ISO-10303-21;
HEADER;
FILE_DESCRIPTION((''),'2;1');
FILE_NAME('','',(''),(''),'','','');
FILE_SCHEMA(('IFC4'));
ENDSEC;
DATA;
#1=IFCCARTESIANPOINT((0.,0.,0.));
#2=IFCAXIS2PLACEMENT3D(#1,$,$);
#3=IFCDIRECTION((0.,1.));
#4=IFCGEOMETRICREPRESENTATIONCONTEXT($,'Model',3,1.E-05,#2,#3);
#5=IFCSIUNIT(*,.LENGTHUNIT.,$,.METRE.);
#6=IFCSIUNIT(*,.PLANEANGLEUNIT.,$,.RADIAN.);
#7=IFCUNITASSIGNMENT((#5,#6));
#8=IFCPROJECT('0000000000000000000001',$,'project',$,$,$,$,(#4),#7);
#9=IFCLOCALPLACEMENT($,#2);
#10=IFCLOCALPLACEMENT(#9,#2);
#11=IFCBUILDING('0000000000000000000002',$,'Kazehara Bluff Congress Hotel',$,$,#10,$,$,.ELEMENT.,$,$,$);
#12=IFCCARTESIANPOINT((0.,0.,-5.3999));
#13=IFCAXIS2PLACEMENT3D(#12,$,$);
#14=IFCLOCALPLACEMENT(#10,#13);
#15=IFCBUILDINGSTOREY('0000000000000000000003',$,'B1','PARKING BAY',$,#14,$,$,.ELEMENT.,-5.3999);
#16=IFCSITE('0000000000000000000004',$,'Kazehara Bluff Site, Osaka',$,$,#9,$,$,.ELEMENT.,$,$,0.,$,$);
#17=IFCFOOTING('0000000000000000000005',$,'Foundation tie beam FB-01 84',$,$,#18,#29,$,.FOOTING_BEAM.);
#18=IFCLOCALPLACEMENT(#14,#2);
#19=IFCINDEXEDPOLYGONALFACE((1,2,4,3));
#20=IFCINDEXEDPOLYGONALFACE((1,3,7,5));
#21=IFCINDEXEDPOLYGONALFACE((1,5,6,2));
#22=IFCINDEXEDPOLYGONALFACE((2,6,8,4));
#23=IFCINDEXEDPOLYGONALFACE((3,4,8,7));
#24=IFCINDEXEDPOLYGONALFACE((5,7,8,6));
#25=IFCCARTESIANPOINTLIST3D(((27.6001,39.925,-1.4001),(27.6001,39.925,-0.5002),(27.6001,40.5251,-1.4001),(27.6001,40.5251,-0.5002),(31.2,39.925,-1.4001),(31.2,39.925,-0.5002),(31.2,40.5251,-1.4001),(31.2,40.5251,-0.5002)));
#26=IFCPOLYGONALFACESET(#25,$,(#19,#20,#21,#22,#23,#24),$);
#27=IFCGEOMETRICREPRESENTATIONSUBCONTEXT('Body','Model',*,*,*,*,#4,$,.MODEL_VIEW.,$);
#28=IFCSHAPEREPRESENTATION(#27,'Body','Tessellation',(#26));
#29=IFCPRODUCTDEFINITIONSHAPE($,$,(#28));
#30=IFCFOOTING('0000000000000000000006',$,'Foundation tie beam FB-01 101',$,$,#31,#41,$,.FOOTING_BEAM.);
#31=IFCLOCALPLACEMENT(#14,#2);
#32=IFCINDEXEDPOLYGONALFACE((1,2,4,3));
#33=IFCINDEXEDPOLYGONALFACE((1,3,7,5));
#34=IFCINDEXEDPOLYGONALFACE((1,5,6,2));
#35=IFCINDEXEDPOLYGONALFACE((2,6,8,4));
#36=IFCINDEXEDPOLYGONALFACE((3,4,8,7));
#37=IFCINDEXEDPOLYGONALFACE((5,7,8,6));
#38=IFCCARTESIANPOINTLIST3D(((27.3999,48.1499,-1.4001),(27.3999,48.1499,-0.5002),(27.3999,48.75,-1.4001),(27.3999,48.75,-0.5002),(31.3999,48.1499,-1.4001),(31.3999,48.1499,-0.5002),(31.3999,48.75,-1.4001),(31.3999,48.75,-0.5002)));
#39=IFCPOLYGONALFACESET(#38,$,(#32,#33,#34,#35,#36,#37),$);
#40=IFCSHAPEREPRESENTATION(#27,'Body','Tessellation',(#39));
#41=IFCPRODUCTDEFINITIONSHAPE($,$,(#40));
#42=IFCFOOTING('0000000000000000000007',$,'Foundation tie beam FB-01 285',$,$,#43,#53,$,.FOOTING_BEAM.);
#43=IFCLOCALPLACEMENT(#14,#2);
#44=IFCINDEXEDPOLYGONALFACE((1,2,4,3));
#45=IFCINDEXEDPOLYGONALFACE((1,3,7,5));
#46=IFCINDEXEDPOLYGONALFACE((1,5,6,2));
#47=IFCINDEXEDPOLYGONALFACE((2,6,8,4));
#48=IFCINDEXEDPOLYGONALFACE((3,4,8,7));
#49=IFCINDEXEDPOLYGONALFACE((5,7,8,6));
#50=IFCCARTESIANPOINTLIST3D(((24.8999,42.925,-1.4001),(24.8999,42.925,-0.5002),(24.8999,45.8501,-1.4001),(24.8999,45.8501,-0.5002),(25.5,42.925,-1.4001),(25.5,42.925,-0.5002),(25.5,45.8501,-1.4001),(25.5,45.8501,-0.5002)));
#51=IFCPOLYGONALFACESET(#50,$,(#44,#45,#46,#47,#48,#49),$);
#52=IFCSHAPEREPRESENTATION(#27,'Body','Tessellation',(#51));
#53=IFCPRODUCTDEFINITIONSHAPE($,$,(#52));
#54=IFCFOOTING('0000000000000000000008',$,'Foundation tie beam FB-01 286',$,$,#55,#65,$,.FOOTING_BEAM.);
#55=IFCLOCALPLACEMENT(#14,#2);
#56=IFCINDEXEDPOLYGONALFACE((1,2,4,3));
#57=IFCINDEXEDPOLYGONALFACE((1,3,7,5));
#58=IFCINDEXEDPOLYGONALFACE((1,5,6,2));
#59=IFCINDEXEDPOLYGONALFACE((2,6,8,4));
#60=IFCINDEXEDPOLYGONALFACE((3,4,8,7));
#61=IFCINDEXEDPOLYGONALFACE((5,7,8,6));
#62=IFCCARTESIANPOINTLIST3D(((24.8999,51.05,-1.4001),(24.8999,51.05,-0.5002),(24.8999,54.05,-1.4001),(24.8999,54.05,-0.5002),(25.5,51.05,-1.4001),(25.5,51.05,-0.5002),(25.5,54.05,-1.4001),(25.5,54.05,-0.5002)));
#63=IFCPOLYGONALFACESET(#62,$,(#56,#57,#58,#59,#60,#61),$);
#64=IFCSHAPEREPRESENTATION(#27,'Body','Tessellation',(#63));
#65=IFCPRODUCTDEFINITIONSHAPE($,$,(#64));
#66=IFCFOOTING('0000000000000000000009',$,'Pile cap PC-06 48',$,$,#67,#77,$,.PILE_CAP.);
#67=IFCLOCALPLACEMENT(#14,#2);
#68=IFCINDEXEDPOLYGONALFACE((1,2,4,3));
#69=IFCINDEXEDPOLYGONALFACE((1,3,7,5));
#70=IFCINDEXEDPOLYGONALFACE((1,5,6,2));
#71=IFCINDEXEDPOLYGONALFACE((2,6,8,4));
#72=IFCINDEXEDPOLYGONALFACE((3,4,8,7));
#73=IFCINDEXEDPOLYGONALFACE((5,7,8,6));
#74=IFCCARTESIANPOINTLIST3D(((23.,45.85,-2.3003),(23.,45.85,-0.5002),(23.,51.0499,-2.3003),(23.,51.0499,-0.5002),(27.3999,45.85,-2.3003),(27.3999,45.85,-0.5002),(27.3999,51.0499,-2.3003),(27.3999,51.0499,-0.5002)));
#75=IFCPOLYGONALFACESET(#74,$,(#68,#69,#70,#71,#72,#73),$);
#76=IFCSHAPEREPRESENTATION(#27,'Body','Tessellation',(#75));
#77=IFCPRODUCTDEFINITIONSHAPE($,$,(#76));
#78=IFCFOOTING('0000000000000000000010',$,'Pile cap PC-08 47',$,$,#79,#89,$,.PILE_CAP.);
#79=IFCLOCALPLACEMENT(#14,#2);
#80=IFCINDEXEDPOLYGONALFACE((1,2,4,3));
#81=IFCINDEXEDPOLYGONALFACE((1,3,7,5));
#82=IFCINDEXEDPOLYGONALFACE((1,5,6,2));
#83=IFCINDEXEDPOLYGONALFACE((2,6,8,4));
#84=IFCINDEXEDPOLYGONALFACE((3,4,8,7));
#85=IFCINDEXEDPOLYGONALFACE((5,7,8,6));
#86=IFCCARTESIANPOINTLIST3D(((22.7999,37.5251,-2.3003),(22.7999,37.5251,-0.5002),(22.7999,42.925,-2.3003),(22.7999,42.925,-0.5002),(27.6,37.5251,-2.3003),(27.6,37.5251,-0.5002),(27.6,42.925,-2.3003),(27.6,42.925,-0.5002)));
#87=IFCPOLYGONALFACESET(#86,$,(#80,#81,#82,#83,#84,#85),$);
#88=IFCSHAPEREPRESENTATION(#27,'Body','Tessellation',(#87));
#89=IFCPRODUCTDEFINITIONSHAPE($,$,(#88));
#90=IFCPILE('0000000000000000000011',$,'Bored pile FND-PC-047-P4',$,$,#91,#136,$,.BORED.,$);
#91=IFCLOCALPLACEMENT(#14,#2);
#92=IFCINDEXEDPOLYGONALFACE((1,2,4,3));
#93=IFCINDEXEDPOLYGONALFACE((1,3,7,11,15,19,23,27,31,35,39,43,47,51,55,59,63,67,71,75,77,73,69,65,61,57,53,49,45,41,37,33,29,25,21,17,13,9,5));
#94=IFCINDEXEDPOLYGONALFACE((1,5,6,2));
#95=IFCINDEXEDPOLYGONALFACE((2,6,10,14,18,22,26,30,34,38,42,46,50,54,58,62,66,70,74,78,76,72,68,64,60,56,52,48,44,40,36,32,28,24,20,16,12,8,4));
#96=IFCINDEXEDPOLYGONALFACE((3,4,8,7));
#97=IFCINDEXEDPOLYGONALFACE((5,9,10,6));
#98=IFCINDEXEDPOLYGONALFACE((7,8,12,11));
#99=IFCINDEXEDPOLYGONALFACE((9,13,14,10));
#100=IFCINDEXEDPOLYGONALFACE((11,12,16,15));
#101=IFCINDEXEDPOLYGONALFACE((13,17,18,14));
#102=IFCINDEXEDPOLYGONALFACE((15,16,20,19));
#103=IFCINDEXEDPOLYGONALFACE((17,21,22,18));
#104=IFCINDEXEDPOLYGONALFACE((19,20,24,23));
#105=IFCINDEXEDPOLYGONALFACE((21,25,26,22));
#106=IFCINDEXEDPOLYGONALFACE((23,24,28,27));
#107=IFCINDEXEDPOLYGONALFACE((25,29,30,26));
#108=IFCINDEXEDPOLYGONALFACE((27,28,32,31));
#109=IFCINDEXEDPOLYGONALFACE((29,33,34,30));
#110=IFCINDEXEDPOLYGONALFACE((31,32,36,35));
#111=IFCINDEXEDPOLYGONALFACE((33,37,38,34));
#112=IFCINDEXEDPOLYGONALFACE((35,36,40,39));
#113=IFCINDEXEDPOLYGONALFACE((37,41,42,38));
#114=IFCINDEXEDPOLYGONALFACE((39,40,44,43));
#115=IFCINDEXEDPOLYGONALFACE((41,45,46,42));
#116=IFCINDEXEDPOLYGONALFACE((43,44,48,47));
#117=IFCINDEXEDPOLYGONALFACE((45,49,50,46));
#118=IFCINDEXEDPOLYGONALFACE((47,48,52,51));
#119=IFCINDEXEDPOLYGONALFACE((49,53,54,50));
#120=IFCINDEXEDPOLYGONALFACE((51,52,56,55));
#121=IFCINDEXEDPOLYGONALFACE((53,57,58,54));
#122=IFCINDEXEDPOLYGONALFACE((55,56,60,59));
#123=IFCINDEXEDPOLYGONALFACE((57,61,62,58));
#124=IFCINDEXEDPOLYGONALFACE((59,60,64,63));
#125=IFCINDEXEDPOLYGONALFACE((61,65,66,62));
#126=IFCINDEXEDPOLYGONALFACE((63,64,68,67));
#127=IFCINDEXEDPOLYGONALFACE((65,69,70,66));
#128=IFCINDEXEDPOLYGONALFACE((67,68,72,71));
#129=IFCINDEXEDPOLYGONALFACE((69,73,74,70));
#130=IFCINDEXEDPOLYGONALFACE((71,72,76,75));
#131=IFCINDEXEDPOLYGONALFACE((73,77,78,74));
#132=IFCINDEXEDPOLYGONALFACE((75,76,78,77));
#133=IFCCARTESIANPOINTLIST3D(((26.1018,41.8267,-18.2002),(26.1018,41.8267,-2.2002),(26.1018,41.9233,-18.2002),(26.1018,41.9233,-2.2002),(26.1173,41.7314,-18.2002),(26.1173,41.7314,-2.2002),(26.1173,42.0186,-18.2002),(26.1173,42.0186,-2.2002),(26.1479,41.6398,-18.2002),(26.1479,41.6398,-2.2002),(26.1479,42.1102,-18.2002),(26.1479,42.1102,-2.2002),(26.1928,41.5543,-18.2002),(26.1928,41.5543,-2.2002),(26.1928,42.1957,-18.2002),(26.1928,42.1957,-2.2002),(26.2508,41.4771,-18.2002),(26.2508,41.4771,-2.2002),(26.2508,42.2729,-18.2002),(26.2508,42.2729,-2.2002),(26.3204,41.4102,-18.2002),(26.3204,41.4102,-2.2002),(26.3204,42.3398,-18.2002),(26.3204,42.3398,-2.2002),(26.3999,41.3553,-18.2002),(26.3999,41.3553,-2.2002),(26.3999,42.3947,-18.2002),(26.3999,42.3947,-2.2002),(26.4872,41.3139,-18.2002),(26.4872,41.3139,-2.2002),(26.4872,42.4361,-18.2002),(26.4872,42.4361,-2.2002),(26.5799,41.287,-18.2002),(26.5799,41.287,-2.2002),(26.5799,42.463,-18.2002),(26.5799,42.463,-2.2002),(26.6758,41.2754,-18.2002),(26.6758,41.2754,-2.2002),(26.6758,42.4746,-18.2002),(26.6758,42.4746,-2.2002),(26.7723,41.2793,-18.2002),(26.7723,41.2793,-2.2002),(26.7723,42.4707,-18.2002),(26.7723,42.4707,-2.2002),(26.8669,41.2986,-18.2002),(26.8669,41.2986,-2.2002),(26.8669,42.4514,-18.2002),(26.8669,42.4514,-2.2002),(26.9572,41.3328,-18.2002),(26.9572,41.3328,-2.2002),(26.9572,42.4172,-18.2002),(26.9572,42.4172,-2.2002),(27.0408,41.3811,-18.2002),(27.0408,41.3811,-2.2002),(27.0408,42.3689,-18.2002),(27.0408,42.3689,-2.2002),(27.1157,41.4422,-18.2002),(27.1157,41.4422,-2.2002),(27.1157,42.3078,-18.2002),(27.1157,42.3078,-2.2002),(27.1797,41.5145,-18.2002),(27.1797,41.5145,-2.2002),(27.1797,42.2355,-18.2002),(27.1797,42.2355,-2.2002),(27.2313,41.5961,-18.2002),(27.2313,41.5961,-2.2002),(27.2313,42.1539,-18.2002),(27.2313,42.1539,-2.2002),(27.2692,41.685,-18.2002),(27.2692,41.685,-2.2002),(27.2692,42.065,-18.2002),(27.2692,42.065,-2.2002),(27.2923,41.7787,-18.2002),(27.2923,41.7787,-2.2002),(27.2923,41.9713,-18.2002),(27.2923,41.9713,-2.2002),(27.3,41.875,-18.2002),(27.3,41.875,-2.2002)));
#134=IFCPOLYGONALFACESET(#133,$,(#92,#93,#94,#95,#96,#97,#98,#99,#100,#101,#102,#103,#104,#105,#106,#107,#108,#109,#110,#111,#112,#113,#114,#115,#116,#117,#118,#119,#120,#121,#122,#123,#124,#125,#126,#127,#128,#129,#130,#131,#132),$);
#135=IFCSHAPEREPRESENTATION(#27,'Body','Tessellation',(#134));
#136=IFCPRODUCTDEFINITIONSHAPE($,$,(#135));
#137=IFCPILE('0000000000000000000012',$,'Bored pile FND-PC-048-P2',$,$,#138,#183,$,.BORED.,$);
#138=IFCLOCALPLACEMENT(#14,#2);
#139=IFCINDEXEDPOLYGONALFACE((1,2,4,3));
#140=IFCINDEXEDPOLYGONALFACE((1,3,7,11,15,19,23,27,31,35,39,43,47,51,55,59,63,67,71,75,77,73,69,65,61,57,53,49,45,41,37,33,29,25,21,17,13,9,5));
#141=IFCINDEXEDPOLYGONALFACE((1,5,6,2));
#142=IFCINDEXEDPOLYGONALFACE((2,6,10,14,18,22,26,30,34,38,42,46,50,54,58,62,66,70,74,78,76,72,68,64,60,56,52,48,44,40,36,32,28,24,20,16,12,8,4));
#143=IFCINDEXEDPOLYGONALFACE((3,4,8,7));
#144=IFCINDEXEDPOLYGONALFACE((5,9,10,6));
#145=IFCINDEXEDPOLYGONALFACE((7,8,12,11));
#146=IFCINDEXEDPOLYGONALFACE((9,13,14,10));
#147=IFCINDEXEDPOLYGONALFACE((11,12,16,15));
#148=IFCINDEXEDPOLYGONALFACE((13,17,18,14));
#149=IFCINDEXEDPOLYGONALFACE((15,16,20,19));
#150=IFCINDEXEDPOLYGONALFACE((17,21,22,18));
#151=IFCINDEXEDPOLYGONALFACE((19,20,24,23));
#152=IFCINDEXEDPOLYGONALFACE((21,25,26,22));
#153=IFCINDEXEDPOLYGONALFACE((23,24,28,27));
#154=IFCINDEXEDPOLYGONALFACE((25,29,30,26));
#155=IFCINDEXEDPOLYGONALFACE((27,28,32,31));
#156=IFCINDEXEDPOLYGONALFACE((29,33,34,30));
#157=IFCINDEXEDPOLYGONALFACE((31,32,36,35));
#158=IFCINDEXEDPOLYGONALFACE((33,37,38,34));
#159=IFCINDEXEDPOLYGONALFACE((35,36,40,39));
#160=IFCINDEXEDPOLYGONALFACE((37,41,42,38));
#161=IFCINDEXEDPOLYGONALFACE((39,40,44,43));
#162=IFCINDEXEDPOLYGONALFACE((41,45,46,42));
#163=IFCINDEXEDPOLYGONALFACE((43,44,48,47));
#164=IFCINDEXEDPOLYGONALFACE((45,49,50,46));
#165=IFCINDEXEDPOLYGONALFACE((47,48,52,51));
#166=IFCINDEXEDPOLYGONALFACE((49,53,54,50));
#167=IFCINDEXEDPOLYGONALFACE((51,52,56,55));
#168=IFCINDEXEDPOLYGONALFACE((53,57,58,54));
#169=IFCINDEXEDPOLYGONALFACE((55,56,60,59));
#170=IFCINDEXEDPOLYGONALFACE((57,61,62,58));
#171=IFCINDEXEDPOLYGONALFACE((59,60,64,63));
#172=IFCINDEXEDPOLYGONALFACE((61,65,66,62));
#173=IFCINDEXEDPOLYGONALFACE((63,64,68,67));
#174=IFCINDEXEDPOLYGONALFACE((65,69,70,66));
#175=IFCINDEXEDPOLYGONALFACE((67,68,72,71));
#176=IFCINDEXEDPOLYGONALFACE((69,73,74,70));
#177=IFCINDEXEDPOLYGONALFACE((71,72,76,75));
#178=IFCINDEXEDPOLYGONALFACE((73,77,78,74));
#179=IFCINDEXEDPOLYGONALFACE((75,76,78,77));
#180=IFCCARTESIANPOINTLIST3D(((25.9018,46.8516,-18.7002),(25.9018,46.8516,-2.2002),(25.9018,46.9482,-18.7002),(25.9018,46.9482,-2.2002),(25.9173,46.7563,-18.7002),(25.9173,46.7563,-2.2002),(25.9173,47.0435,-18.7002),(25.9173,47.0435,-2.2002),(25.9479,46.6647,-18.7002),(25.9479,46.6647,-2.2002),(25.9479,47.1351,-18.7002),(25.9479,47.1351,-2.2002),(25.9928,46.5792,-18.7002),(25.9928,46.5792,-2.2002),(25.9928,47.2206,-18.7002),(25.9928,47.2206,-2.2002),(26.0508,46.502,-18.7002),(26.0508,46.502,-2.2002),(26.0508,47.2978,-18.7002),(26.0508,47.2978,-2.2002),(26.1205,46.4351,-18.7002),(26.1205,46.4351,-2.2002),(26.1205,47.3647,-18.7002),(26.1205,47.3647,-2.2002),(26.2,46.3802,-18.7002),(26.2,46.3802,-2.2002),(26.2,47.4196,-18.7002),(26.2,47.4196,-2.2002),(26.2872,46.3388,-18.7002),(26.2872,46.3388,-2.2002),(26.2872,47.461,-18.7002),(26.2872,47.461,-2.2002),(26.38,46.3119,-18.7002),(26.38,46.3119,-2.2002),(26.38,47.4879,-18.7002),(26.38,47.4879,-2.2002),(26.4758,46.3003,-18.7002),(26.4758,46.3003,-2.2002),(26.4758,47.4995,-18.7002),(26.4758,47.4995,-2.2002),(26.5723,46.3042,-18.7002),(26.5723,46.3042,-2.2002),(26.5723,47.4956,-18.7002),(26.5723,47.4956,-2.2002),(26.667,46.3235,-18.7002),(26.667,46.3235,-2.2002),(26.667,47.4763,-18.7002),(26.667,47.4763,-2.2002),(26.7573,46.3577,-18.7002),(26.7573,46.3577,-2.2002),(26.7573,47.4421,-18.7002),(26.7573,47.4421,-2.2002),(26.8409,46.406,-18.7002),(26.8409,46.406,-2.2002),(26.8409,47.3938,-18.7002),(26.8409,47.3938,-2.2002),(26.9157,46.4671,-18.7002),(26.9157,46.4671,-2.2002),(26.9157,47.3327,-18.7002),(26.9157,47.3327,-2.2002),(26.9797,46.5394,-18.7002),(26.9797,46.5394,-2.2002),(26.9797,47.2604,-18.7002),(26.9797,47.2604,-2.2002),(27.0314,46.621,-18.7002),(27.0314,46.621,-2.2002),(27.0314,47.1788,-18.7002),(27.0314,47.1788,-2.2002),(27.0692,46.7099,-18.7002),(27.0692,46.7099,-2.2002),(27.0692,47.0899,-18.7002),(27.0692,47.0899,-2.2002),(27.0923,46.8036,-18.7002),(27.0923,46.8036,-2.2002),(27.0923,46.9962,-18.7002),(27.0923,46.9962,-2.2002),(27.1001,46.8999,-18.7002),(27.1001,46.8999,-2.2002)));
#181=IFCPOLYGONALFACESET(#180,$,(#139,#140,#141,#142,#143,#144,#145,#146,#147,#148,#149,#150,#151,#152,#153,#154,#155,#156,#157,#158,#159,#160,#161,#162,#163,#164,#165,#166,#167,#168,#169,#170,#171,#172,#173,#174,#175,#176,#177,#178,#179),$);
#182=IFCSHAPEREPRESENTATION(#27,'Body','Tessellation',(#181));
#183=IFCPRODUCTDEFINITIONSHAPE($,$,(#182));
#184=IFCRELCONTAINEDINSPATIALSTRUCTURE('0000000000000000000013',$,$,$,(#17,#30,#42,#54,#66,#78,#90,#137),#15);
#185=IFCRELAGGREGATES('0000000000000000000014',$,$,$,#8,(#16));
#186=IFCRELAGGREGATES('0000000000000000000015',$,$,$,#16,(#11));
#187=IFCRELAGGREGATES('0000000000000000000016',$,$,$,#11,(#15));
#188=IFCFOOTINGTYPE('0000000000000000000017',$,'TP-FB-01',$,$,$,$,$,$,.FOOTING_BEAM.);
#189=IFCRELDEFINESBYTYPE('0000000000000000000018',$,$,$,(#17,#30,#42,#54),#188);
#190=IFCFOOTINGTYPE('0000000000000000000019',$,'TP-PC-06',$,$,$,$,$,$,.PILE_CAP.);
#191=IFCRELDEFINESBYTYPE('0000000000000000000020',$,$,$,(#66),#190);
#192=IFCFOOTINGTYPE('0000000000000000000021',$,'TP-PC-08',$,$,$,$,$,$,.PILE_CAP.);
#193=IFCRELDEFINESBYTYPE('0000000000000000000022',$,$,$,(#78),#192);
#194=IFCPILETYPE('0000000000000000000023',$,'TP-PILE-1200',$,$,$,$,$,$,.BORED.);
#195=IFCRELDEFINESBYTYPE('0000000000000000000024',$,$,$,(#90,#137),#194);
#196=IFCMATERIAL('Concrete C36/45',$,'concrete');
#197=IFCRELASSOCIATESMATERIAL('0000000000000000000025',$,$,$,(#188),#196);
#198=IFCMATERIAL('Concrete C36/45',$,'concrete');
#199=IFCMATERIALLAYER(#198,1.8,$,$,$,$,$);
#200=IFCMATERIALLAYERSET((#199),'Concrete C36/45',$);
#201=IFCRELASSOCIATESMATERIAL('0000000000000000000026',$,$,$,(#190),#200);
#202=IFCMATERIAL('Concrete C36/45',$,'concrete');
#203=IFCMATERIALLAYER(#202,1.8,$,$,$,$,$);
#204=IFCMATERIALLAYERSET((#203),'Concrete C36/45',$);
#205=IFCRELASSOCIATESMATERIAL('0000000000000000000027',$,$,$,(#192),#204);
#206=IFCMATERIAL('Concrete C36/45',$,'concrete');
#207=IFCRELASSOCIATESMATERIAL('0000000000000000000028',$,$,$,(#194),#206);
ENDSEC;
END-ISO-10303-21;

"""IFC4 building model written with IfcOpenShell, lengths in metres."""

from ifc_helpers import new_model, si_unit, direction, frame, origin, origin_2d, place, context, subcontext, project, spatial, rectangle, circle, extrude, material, layer, layer_set, material_profile, profile_set, type_object, element, save


model = new_model("IFC4")

# Units and contexts
model_context = context("Model", 3, precision=1e-05, world=origin(), true_north=direction((0.0, 1.0)))
body_context = subcontext(model_context, "Body", "Model", "MODEL_VIEW")
ifc_project = project(units=[si_unit("LENGTHUNIT", "METRE"), si_unit("PLANEANGLEUNIT", "RADIAN")], contexts=[model_context])

# Site, building, storey
site_placement = place(None, origin())
site = spatial("IfcSite", under=ifc_project, at=site_placement, Name="Kazehara Bluff Site, Osaka", CompositionType="ELEMENT", RefElevation=0.0)
building_placement = place(site_placement, origin())
building = spatial("IfcBuilding", under=site, at=building_placement, Name="Kazehara Bluff Congress Hotel", CompositionType="ELEMENT")
storey_placement = place(building_placement, frame((0.0, 0.0, -5.3999)))
storey = spatial("IfcBuildingStorey", under=building, at=storey_placement, Name="B1", Description="PARKING BAY", CompositionType="ELEMENT", Elevation=-5.3999)

# Footings
ifc_material_1 = material(Name="Concrete C36/45", Category="concrete")
ifc_material_profile_1 = material_profile(ifc_material_1, rectangle(XDim=0.6001, YDim=0.8999, at=origin_2d()))
ifc_profile_set_1 = profile_set([ifc_material_profile_1], Name="Concrete C36/45")
footing_type_1 = type_object("IfcFootingType", Name="TP-FB-01", PredefinedType="FOOTING_BEAM", material=ifc_profile_set_1)
footing_1_placement = place(storey_placement, frame((27.6001, 40.2251, -0.9502), z_axis=(1.0, 0.0, 0.0), x_axis=(0.0, 1.0, 0.0)))
element("IfcFooting", 1, at=footing_1_placement, inside=storey, type_object=footing_type_1, Name="Foundation tie beam FB-01 84", PredefinedType="FOOTING_BEAM", context=body_context, shape_type="SweptSolid", body=[
    extrude(rectangle(XDim=0.6001, YDim=0.8999, at=origin_2d()), origin(), (0.0, 0.0, 1.0), 3.5999),
])
footing_2_placement = place(storey_placement, frame((27.3999, 48.45, -0.9502), z_axis=(1.0, 0.0, 0.0), x_axis=(0.0, 1.0, 0.0)))
element("IfcFooting", 2, at=footing_2_placement, inside=storey, type_object=footing_type_1, Name="Foundation tie beam FB-01 101", PredefinedType="FOOTING_BEAM", context=body_context, shape_type="SweptSolid", body=[
    extrude(rectangle(XDim=0.6001, YDim=0.8999, at=origin_2d()), origin(), (0.0, 0.0, 1.0), 4.0),
])
footing_3_placement = place(storey_placement, frame((25.2, 42.925, -0.9502), z_axis=(0.0, 1.0, 0.0), x_axis=(-1.0, 0.0, 0.0)))
element("IfcFooting", 3, at=footing_3_placement, inside=storey, type_object=footing_type_1, Name="Foundation tie beam FB-01 285", PredefinedType="FOOTING_BEAM", context=body_context, shape_type="SweptSolid", body=[
    extrude(rectangle(XDim=0.6001, YDim=0.8999, at=origin_2d()), origin(), (0.0, 0.0, 1.0), 2.925),
])
footing_4_placement = place(storey_placement, frame((25.2, 51.05, -0.9502), z_axis=(0.0, 1.0, 0.0), x_axis=(-1.0, 0.0, 0.0)))
element("IfcFooting", 4, at=footing_4_placement, inside=storey, type_object=footing_type_1, Name="Foundation tie beam FB-01 286", PredefinedType="FOOTING_BEAM", context=body_context, shape_type="SweptSolid", body=[
    extrude(rectangle(XDim=0.6001, YDim=0.8999, at=origin_2d()), origin(), (0.0, 0.0, 1.0), 3.0),
])
ifc_material_2 = material(Name="Concrete C36/45", Category="concrete")
ifc_layer_1 = layer(ifc_material_2, 1.8)
ifc_layer_set_1 = layer_set([ifc_layer_1], Name="Concrete C36/45")
footing_type_2 = type_object("IfcFootingType", Name="TP-PC-06", PredefinedType="PILE_CAP", material=ifc_layer_set_1)
footing_5_placement = place(storey_placement, frame((25.2, 48.45, -2.3003), z_axis=(0.0, 0.0, 1.0), x_axis=(1.0, 0.0, 0.0)))
element("IfcFooting", 5, at=footing_5_placement, inside=storey, type_object=footing_type_2, Name="Pile cap PC-06 48", PredefinedType="PILE_CAP", context=body_context, shape_type="SweptSolid", body=[
    extrude(rectangle(XDim=4.3999, YDim=5.2, at=origin_2d()), origin(), (0.0, 0.0, 1.0), 1.8),
])
ifc_material_3 = material(Name="Concrete C36/45", Category="concrete")
ifc_layer_2 = layer(ifc_material_3, 1.8)
ifc_layer_set_2 = layer_set([ifc_layer_2], Name="Concrete C36/45")
footing_type_3 = type_object("IfcFootingType", Name="TP-PC-08", PredefinedType="PILE_CAP", material=ifc_layer_set_2)
footing_6_placement = place(storey_placement, frame((25.2, 40.2251, -2.3003), z_axis=(0.0, 0.0, 1.0), x_axis=(1.0, 0.0, 0.0)))
element("IfcFooting", 6, at=footing_6_placement, inside=storey, type_object=footing_type_3, Name="Pile cap PC-08 47", PredefinedType="PILE_CAP", context=body_context, shape_type="SweptSolid", body=[
    extrude(rectangle(XDim=4.8, YDim=5.3999, at=origin_2d()), origin(), (0.0, 0.0, 1.0), 1.8),
])

# Piles
ifc_material_4 = material(Name="Concrete C36/45", Category="concrete")
ifc_material_profile_2 = material_profile(ifc_material_4, circle(Radius=0.6001, at=origin_2d()))
ifc_profile_set_2 = profile_set([ifc_material_profile_2], Name="Concrete C36/45")
pile_type = type_object("IfcPileType", Name="TP-PILE-1200", PredefinedType="BORED", material=ifc_profile_set_2)
pile_1_placement = place(storey_placement, frame((26.7, 41.875, -2.2002), z_axis=(0.0, 0.0, -1.0), x_axis=(1.0, 0.0, 0.0)))
element("IfcPile", 7, at=pile_1_placement, inside=storey, type_object=pile_type, Name="Bored pile FND-PC-047-P4", PredefinedType="BORED", context=body_context, shape_type="SweptSolid", body=[
    extrude(circle(Radius=0.6001, at=origin_2d()), origin(), (0.0, 0.0, 1.0), 16.0),
])
for number, where, z_axis, x_axis, name in (
    (8, (26.5, 46.8999, -2.2002), (0.0, 0.0, -1.0), (1.0, 0.0, 0.0), "Bored pile FND-PC-048-P2"),
):
    element("IfcPile", number, at=place(storey_placement, frame(where, z_axis=z_axis, x_axis=x_axis)), inside=storey, type_object=pile_type, Name=name, PredefinedType="BORED", context=body_context, shape_type="SweptSolid", body=[
        extrude(circle(Radius=0.6001, at=origin_2d()), origin(), (0.0, 0.0, 1.0), 16.5),
    ])

save(model, "model.ifc")
